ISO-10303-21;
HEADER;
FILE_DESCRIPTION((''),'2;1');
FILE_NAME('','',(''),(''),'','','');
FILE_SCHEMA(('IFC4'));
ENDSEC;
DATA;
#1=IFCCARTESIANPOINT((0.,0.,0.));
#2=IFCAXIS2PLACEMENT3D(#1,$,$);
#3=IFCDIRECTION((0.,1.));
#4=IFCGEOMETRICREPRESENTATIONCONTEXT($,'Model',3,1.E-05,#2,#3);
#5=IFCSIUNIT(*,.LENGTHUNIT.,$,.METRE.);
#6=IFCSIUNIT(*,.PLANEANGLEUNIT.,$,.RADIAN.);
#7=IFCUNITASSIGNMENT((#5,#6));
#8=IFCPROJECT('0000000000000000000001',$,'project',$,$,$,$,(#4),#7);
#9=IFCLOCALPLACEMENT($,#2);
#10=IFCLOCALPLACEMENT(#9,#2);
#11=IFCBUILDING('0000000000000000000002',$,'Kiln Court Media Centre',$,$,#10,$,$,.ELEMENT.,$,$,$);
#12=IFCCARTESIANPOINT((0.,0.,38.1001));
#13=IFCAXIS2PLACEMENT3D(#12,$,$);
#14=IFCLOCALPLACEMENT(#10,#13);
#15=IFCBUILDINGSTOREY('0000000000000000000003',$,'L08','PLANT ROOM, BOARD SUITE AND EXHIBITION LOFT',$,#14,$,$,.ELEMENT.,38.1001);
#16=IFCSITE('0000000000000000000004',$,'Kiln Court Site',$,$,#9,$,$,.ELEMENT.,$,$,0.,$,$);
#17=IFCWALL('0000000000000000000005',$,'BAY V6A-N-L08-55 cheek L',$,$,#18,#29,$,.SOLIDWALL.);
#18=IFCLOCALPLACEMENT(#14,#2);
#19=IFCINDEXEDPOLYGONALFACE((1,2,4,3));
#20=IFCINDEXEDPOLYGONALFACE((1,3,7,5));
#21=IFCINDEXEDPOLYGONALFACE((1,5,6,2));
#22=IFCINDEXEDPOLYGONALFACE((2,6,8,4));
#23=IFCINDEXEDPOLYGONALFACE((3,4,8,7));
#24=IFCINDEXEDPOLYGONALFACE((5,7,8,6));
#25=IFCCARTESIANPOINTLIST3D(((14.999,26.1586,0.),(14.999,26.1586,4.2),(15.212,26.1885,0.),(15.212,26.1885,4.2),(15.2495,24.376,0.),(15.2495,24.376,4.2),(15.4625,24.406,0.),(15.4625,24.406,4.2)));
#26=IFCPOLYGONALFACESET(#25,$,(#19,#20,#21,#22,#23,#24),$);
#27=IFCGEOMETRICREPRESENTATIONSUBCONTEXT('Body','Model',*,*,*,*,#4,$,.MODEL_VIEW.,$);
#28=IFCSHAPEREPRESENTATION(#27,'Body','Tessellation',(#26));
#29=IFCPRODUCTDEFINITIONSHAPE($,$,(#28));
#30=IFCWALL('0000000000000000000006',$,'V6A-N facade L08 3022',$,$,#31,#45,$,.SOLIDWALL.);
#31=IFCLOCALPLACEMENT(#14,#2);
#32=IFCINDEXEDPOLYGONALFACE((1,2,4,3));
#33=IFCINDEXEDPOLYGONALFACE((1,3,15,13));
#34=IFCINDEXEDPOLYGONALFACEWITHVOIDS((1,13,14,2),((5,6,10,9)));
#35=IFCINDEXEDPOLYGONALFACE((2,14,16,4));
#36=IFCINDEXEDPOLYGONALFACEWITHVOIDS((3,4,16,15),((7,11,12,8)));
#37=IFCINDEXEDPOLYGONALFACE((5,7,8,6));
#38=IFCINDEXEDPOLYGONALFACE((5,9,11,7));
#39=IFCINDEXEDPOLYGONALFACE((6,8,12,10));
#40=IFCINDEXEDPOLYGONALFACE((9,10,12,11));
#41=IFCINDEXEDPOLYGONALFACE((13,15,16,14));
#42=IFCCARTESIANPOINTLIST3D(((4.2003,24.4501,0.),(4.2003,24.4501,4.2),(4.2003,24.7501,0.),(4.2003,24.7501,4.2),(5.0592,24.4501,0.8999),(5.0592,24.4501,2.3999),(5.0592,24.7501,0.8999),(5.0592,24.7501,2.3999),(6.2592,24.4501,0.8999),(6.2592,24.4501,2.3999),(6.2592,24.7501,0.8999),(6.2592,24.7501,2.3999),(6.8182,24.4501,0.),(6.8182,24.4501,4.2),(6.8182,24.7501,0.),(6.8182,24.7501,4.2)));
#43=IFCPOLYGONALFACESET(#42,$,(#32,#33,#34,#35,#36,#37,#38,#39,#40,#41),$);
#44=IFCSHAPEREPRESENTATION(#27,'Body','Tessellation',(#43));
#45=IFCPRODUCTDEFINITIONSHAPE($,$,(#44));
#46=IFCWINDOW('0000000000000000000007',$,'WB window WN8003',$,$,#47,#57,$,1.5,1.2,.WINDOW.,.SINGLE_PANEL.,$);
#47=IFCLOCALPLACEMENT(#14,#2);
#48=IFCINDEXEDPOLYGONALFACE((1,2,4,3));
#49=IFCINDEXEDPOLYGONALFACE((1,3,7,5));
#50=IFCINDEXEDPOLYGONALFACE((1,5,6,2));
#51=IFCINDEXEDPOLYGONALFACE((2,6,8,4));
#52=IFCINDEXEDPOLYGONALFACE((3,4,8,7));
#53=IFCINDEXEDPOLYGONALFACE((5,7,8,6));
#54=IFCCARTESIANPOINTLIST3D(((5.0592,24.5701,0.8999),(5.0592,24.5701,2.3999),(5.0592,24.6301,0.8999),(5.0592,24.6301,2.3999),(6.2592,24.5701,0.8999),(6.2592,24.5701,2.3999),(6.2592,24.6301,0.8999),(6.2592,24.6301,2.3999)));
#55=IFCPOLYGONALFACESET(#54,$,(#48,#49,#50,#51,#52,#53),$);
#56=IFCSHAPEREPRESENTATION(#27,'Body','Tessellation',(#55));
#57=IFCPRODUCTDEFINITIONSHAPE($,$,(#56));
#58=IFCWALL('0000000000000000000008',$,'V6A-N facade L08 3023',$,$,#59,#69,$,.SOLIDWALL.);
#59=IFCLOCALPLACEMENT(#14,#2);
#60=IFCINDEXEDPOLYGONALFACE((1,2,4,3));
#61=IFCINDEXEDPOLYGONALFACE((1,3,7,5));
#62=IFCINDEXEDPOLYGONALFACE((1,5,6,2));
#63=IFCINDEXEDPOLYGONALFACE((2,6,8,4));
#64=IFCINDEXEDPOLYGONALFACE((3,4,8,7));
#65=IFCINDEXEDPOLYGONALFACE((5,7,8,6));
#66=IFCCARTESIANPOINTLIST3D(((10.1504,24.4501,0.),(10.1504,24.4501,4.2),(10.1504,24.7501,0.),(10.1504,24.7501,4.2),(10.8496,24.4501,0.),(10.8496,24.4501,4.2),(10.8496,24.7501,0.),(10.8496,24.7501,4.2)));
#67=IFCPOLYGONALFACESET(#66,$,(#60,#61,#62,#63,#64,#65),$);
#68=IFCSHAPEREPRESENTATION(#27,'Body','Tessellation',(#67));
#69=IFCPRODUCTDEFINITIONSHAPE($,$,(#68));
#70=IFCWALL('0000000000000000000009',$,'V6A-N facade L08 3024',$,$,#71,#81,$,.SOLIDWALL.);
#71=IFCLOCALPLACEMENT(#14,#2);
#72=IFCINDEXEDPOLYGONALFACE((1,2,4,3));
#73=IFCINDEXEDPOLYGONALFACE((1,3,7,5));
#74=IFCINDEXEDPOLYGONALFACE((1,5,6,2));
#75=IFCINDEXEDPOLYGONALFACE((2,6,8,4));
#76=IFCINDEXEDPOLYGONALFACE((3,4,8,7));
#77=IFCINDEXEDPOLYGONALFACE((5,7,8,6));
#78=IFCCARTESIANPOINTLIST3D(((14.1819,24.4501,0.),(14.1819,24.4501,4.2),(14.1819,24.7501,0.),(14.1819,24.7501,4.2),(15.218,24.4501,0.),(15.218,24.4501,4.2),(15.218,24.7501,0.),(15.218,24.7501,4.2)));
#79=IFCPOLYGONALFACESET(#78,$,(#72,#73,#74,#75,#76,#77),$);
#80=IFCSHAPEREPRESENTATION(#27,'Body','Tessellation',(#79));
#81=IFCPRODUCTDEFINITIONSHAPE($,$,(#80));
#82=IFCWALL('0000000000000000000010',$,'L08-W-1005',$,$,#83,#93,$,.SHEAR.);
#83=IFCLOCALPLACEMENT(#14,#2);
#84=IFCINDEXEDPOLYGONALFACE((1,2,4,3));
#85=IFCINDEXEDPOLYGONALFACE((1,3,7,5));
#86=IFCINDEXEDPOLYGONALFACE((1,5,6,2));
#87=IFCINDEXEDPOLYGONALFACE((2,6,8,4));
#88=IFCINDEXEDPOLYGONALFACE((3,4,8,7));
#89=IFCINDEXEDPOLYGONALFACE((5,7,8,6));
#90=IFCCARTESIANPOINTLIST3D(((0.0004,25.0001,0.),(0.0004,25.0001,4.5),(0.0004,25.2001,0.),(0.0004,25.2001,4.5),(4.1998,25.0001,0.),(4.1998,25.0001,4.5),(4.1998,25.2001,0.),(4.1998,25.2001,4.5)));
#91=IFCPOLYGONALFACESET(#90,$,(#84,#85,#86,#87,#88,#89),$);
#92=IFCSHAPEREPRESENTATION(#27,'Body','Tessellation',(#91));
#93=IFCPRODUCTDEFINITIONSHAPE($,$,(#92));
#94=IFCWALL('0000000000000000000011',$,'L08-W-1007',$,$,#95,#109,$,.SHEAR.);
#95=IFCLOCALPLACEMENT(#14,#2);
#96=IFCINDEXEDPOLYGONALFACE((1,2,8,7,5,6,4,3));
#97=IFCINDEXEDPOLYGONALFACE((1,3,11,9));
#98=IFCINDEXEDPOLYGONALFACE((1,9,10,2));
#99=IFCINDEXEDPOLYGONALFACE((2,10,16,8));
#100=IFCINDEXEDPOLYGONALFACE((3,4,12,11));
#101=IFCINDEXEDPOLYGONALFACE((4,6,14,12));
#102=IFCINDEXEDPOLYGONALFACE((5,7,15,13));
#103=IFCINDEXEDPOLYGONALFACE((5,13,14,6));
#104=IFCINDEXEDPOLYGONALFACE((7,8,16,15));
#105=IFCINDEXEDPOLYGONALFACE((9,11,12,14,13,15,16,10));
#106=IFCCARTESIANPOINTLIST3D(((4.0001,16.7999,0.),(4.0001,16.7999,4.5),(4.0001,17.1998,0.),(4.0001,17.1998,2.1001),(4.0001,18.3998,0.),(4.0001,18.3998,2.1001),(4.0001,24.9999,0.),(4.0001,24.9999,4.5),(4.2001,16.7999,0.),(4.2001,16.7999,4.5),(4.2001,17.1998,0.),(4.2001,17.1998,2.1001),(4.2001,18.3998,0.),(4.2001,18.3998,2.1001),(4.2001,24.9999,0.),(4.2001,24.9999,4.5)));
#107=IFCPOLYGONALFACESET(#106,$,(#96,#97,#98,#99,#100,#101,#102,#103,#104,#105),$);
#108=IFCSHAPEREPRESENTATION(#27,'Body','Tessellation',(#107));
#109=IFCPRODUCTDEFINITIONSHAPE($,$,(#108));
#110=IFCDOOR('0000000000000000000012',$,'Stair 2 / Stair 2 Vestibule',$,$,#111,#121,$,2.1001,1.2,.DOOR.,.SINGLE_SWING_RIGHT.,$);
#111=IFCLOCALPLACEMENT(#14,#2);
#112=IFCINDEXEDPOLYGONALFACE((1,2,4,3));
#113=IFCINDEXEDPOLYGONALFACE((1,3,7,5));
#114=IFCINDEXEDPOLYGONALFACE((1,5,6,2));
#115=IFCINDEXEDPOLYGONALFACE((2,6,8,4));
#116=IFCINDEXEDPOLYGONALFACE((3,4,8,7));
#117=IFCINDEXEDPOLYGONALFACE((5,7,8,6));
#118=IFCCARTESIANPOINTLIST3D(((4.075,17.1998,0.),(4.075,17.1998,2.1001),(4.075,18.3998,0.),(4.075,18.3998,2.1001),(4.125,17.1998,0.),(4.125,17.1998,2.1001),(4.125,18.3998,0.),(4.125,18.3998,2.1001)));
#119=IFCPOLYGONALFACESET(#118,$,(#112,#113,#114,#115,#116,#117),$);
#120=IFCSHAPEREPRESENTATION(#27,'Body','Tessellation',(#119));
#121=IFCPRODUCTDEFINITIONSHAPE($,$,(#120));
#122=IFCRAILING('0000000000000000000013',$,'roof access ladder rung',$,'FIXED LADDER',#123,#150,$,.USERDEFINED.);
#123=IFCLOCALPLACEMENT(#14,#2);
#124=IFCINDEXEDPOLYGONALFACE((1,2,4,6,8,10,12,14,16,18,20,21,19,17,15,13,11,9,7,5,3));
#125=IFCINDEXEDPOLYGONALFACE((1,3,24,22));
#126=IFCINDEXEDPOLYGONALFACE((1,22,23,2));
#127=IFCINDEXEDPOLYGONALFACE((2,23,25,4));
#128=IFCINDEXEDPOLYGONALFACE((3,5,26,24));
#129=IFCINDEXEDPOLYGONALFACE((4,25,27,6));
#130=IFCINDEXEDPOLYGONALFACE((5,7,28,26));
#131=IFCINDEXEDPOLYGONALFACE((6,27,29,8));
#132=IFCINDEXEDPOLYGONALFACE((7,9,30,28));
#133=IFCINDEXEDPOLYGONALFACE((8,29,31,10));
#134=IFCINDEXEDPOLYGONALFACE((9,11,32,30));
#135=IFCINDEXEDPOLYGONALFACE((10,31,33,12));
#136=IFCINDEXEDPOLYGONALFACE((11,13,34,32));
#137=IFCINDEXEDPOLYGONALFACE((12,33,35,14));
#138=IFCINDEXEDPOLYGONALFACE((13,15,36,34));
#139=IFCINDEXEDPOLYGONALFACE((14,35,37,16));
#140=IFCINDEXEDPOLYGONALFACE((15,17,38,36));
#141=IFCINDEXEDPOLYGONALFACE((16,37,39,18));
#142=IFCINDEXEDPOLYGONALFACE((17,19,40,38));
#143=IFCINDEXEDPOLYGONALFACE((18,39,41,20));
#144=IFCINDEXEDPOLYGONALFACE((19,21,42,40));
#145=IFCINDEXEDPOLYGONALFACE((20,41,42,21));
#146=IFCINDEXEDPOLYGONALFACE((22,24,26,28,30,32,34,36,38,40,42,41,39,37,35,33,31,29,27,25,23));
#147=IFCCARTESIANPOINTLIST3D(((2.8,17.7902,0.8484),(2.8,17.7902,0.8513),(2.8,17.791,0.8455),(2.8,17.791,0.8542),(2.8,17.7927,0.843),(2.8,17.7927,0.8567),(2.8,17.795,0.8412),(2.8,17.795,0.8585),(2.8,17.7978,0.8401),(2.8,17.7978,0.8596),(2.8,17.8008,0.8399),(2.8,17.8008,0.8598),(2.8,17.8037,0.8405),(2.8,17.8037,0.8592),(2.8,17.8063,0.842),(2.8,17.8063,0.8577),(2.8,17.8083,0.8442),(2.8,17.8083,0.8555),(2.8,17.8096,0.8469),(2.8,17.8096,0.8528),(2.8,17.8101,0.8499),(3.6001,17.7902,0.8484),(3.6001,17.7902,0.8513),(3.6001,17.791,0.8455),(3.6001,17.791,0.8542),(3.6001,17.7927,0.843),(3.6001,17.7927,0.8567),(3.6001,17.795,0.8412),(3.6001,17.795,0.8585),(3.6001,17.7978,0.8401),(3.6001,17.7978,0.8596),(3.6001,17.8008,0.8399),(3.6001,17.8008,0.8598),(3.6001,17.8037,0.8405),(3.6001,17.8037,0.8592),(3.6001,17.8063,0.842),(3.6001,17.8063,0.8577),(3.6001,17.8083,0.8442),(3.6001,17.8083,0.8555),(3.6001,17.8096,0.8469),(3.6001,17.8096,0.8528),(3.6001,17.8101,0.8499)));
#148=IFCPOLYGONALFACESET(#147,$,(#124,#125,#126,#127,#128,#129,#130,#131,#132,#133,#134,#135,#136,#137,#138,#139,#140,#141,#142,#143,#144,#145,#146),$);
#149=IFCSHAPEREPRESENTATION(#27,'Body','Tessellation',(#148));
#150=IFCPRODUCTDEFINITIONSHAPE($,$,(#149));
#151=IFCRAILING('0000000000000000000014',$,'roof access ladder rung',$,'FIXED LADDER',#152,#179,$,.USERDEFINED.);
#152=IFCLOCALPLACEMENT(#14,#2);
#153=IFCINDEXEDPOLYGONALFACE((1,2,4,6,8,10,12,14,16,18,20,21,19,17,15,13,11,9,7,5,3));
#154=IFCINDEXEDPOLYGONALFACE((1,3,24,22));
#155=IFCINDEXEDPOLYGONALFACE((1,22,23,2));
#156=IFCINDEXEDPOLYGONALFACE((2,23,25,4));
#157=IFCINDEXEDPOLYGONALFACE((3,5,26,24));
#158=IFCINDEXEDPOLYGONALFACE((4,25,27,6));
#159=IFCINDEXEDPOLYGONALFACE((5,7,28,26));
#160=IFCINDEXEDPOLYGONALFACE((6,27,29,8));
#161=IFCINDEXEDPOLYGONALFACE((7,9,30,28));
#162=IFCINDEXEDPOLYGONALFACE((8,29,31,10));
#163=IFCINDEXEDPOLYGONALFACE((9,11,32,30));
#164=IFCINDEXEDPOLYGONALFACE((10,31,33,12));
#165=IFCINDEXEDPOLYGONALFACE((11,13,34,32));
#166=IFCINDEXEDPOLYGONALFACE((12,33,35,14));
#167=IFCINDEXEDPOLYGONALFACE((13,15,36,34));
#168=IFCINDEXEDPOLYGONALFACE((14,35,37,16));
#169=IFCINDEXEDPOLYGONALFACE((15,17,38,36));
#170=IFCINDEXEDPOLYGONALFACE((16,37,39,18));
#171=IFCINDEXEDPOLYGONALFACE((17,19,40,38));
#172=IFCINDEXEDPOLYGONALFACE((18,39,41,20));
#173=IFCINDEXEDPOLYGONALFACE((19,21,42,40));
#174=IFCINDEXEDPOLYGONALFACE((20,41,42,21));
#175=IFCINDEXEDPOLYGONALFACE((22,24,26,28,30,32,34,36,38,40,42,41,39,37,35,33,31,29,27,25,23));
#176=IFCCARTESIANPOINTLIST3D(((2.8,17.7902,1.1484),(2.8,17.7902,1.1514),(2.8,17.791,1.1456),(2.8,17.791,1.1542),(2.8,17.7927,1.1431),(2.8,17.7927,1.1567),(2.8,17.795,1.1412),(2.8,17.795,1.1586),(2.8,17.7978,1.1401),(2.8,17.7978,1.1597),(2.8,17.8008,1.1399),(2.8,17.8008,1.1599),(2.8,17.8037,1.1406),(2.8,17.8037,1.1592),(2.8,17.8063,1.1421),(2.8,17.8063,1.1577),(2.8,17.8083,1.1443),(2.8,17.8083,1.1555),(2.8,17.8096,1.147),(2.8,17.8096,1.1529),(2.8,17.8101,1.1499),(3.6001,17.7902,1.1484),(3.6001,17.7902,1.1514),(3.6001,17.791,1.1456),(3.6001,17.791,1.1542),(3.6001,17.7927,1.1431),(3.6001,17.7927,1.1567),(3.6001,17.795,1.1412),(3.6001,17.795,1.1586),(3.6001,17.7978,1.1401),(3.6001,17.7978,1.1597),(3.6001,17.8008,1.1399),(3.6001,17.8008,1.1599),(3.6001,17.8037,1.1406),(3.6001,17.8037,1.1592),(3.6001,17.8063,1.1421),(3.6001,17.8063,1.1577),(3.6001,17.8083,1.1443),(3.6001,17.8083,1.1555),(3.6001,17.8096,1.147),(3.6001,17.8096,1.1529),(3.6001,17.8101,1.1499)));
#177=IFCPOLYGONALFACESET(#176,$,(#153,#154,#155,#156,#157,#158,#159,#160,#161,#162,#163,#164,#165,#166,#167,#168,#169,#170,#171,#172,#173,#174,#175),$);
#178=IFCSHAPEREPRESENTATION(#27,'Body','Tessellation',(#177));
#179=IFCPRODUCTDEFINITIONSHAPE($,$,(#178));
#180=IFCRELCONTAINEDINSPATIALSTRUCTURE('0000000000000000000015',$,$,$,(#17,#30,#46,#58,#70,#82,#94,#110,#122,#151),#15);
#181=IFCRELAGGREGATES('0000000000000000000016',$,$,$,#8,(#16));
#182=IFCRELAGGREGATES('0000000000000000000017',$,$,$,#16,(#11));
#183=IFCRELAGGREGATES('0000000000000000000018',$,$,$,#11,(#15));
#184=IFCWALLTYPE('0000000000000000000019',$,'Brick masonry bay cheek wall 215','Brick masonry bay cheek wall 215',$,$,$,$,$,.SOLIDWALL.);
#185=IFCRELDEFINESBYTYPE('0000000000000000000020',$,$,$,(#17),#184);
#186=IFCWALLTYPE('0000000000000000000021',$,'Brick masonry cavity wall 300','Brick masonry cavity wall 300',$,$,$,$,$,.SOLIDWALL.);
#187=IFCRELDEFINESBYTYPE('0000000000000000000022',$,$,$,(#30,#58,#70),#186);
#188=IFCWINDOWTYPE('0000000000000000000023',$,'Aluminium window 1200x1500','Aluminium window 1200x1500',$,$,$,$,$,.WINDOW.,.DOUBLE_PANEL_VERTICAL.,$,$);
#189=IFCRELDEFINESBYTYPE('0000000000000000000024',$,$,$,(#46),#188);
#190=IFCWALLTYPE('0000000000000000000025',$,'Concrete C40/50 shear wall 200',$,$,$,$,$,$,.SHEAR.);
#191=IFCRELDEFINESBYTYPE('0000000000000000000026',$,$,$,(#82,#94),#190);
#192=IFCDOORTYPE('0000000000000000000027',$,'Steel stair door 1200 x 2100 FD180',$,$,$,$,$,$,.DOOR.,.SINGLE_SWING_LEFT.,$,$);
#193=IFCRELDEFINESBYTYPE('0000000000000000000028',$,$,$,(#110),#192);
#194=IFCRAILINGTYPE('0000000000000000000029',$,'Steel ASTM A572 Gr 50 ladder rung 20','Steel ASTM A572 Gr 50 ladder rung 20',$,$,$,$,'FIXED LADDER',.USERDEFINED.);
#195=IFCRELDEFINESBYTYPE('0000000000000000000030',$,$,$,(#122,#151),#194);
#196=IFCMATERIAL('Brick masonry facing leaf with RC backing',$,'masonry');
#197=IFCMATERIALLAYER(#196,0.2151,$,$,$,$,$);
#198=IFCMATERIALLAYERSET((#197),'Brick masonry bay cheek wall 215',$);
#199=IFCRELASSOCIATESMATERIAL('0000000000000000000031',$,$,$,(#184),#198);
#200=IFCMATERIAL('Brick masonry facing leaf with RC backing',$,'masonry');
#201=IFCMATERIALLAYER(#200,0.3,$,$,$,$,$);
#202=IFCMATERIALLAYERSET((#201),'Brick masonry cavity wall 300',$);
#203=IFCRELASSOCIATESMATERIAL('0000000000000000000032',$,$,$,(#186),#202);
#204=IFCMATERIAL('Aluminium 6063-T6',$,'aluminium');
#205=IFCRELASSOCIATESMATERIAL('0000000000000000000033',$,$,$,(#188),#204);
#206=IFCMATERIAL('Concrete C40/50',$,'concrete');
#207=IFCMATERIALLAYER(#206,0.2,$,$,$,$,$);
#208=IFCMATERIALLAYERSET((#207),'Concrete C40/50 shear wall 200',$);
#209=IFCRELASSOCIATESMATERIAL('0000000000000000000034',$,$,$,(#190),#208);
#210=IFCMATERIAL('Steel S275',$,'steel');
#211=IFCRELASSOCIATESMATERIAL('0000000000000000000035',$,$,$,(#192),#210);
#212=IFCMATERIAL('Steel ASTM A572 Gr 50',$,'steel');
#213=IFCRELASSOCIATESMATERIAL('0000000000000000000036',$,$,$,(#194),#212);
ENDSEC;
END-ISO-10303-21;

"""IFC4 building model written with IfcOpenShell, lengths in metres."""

from ifc_helpers import new_model, si_unit, direction, frame, frame_2d, origin, origin_2d, place, context, subcontext, project, spatial, rectangle, circle, extrude, material, layer, layer_set, material_profile, profile_set, type_object, element, fill, save


model = new_model("IFC4")

# Units and contexts
model_context = context("Model", 3, precision=1e-05, world=origin(), true_north=direction((0.0, 1.0)))
body_context = subcontext(model_context, "Body", "Model", "MODEL_VIEW")
ifc_project = project(units=[si_unit("LENGTHUNIT", "METRE"), si_unit("PLANEANGLEUNIT", "RADIAN")], contexts=[model_context])

# Site, building, storey
site_placement = place(None, origin())
site = spatial("IfcSite", under=ifc_project, at=site_placement, Name="Kiln Court Site", CompositionType="ELEMENT", RefElevation=0.0)
building_placement = place(site_placement, origin())
building = spatial("IfcBuilding", under=site, at=building_placement, Name="Kiln Court Media Centre", CompositionType="ELEMENT")
storey_placement = place(building_placement, frame((0.0, 0.0, 38.1001)))
storey = spatial("IfcBuildingStorey", under=building, at=storey_placement, Name="L08", Description="PLANT ROOM, BOARD SUITE AND EXHIBITION LOFT", CompositionType="ELEMENT", Elevation=38.1001)

# Wall
ifc_material_1 = material(Name="Brick masonry facing leaf with RC backing", Category="masonry")
ifc_layer_1 = layer(ifc_material_1, 0.2151)
ifc_layer_set_1 = layer_set([ifc_layer_1], Name="Brick masonry bay cheek wall 215")
wall_type_1 = type_object("IfcWallType", Name="Brick masonry bay cheek wall 215", Description="Brick masonry bay cheek wall 215", PredefinedType="SOLIDWALL", material=ifc_layer_set_1)
for number, where, z_axis, x_axis, name in (
    (1, (15.356, 24.3911, 0.0), (0.0, 0.0, 1.0), (-0.139161, 0.99027, 0.0), "BAY V6A-N-L08-55 cheek L"),
):
    element("IfcWall", number, at=place(storey_placement, frame(where, z_axis=z_axis, x_axis=x_axis)), inside=storey, type_object=wall_type_1, Name=name, PredefinedType="SOLIDWALL", context=body_context, shape_type="SweptSolid", body=[
        extrude(rectangle(XDim=1.8, YDim=0.2151, at=frame_2d((0.8999, 0.0))), origin(), (0.0, 0.0, 1.0), 4.2),
    ])

# Wall, opening, window
ifc_material_2 = material(Name="Brick masonry facing leaf with RC backing", Category="masonry")
ifc_layer_2 = layer(ifc_material_2, 0.3)
ifc_layer_set_2 = layer_set([ifc_layer_2], Name="Brick masonry cavity wall 300")
wall_type_2 = type_object("IfcWallType", Name="Brick masonry cavity wall 300", Description="Brick masonry cavity wall 300", PredefinedType="SOLIDWALL", material=ifc_layer_set_2)
wall_1_placement = place(storey_placement, frame((4.2002, 24.6001, 0.0), z_axis=(0.0, 0.0, 1.0), x_axis=(1.0, 0.0, 0.0)))
wall_1 = element("IfcWall", 2, at=wall_1_placement, inside=storey, type_object=wall_type_2, Name="V6A-N facade L08 3022", PredefinedType="SOLIDWALL", context=body_context, shape_type="SweptSolid", body=[
    extrude(rectangle(XDim=2.6179, YDim=0.3, at=frame_2d((1.3091, 0.0))), origin(), (0.0, 0.0, 1.0), 4.2),
])
opening_1_placement = place(wall_1_placement, frame((0.8589, 0.0, 0.8999)))
opening_1 = element("IfcOpeningElement", 3, at=opening_1_placement, cuts=wall_1, PredefinedType="OPENING", context=body_context, shape_type="SweptSolid", body=[
    extrude(rectangle(XDim=1.2, YDim=1.5, at=frame_2d((0.6001, 0.75))), frame((0.0, 0.1599, 0.0), z_axis=(0.0, -1.0, 0.0), x_axis=(1.0, 0.0, 0.0)), (0.0, 0.0, 1.0), 0.3201),
])
ifc_material_3 = material(Name="Aluminium 6063-T6", Category="aluminium")
window_type = type_object("IfcWindowType", Name="Aluminium window 1200x1500", Description="Aluminium window 1200x1500", PartitioningType="DOUBLE_PANEL_VERTICAL", PredefinedType="WINDOW", material=ifc_material_3)
window_placement = place(opening_1_placement, origin())
window = element("IfcWindow", 4, at=window_placement, inside=storey, type_object=window_type, Name="WB window WN8003", OverallHeight=1.5, OverallWidth=1.2, PartitioningType="SINGLE_PANEL", PredefinedType="WINDOW", context=body_context, shape_type="SweptSolid", body=[
    extrude(rectangle(XDim=1.2, YDim=1.5, at=frame_2d((0.6001, 0.75))), frame((0.0, 0.03, 0.0), z_axis=(0.0, -1.0, 0.0), x_axis=(1.0, 0.0, 0.0)), (0.0, 0.0, 1.0), 0.0601),
])
fill(opening_1, window)

# Walls
wall_2_placement = place(storey_placement, frame((10.1504, 24.6001, 0.0), z_axis=(0.0, 0.0, 1.0), x_axis=(1.0, 0.0, 0.0)))
element("IfcWall", 5, at=wall_2_placement, inside=storey, type_object=wall_type_2, Name="V6A-N facade L08 3023", PredefinedType="SOLIDWALL", context=body_context, shape_type="SweptSolid", body=[
    extrude(rectangle(XDim=0.6992, YDim=0.3, at=frame_2d((0.3496, 0.0))), origin(), (0.0, 0.0, 1.0), 4.2),
])
wall_3_placement = place(storey_placement, frame((14.1819, 24.6001, 0.0), z_axis=(0.0, 0.0, 1.0), x_axis=(1.0, 0.0, 0.0)))
element("IfcWall", 6, at=wall_3_placement, inside=storey, type_object=wall_type_2, Name="V6A-N facade L08 3024", PredefinedType="SOLIDWALL", context=body_context, shape_type="SweptSolid", body=[
    extrude(rectangle(XDim=1.0361, YDim=0.3, at=frame_2d((0.5181, 0.0))), origin(), (0.0, 0.0, 1.0), 4.2),
])
ifc_material_4 = material(Name="Concrete C40/50", Category="concrete")
ifc_layer_3 = layer(ifc_material_4, 0.2)
ifc_layer_set_3 = layer_set([ifc_layer_3], Name="Concrete C40/50 shear wall 200")
wall_type_3 = type_object("IfcWallType", Name="Concrete C40/50 shear wall 200", PredefinedType="SHEAR", material=ifc_layer_set_3)
wall_4_placement = place(storey_placement, frame((0.0005, 25.1001, 0.0), z_axis=(0.0, 0.0, 1.0), x_axis=(1.0, 0.0, 0.0)))
element("IfcWall", 7, at=wall_4_placement, inside=storey, type_object=wall_type_3, Name="L08-W-1005", PredefinedType="SHEAR", context=body_context, shape_type="SweptSolid", body=[
    extrude(rectangle(XDim=4.1995, YDim=0.2, at=frame_2d((2.0996, 0.0))), origin(), (0.0, 0.0, 1.0), 4.5),
])

# Wall, opening, door
wall_5_placement = place(storey_placement, frame((4.1001, 25.0, 0.0), z_axis=(0.0, 0.0, 1.0), x_axis=(0.0, -1.0, 0.0)))
wall_5 = element("IfcWall", 8, at=wall_5_placement, inside=storey, type_object=wall_type_3, Name="L08-W-1007", PredefinedType="SHEAR", context=body_context, shape_type="SweptSolid", body=[
    extrude(rectangle(XDim=8.2, YDim=0.2, at=frame_2d((4.1001, 0.0))), origin(), (0.0, 0.0, 1.0), 4.5),
])
opening_2_placement = place(wall_5_placement, frame((6.6001, 0.0, 0.0)))
opening_2 = element("IfcOpeningElement", 9, at=opening_2_placement, cuts=wall_5, PredefinedType="OPENING", context=body_context, shape_type="SweptSolid", body=[
    extrude(rectangle(XDim=1.2, YDim=2.1001, at=frame_2d((0.6001, 1.05))), frame((0.0, 0.1099, 0.0), z_axis=(0.0, -1.0, 0.0), x_axis=(1.0, 0.0, 0.0)), (0.0, 0.0, 1.0), 0.22),
])
ifc_material_5 = material(Name="Steel S275", Category="steel")
door_type_1 = type_object("IfcDoorType", Name="Steel stair door 1200 x 2100 FD180", OperationType="SINGLE_SWING_LEFT", PredefinedType="DOOR", material=ifc_material_5)
door_1_placement = place(opening_2_placement, origin())
door_1 = element("IfcDoor", 10, at=door_1_placement, inside=storey, type_object=door_type_1, Name="Stair 2 / Stair 2 Vestibule", OperationType="SINGLE_SWING_RIGHT", OverallHeight=2.1001, OverallWidth=1.2, PredefinedType="DOOR", context=body_context, shape_type="SweptSolid", body=[
    extrude(rectangle(XDim=1.2, YDim=2.1001, at=frame_2d((0.6001, 1.05))), frame((0.0, 0.0249, 0.0), z_axis=(0.0, -1.0, 0.0), x_axis=(1.0, 0.0, 0.0)), (0.0, 0.0, 1.0), 0.05),
])
fill(opening_2, door_1)

# Railings
ifc_material_6 = material(Name="Steel ASTM A572 Gr 50", Category="steel")
ifc_material_profile_1 = material_profile(ifc_material_6, circle(Radius=0.01, at=origin_2d()), Name="Steel ASTM A572 Gr 50 ladder rung 20")
ifc_profile_set_1 = profile_set([ifc_material_profile_1], Name="Steel ASTM A572 Gr 50")
railing_type_1 = type_object("IfcRailingType", Name="Steel ASTM A572 Gr 50 ladder rung 20", Description="Steel ASTM A572 Gr 50 ladder rung 20", ElementType="FIXED LADDER", PredefinedType="USERDEFINED", material=ifc_profile_set_1)
for number, where, z_axis, x_axis, name in (
    (11, (2.8, 17.8, 0.8499), (1.0, 0.0, 0.0), (0.0, 1.0, 0.0), "roof access ladder rung"),
    (12, (2.8, 17.8, 1.1499), (1.0, 0.0, 0.0), (0.0, 1.0, 0.0), "roof access ladder rung"),
):
    element("IfcRailing", number, at=place(storey_placement, frame(where, z_axis=z_axis, x_axis=x_axis)), inside=storey, type_object=railing_type_1, Name=name, ObjectType="FIXED LADDER", PredefinedType="USERDEFINED", context=body_context, shape_type="SweptSolid", body=[
        extrude(circle(Radius=0.01, at=origin_2d()), origin(), (0.0, 0.0, 1.0), 0.8),
    ])

save(model, "model.ifc")
